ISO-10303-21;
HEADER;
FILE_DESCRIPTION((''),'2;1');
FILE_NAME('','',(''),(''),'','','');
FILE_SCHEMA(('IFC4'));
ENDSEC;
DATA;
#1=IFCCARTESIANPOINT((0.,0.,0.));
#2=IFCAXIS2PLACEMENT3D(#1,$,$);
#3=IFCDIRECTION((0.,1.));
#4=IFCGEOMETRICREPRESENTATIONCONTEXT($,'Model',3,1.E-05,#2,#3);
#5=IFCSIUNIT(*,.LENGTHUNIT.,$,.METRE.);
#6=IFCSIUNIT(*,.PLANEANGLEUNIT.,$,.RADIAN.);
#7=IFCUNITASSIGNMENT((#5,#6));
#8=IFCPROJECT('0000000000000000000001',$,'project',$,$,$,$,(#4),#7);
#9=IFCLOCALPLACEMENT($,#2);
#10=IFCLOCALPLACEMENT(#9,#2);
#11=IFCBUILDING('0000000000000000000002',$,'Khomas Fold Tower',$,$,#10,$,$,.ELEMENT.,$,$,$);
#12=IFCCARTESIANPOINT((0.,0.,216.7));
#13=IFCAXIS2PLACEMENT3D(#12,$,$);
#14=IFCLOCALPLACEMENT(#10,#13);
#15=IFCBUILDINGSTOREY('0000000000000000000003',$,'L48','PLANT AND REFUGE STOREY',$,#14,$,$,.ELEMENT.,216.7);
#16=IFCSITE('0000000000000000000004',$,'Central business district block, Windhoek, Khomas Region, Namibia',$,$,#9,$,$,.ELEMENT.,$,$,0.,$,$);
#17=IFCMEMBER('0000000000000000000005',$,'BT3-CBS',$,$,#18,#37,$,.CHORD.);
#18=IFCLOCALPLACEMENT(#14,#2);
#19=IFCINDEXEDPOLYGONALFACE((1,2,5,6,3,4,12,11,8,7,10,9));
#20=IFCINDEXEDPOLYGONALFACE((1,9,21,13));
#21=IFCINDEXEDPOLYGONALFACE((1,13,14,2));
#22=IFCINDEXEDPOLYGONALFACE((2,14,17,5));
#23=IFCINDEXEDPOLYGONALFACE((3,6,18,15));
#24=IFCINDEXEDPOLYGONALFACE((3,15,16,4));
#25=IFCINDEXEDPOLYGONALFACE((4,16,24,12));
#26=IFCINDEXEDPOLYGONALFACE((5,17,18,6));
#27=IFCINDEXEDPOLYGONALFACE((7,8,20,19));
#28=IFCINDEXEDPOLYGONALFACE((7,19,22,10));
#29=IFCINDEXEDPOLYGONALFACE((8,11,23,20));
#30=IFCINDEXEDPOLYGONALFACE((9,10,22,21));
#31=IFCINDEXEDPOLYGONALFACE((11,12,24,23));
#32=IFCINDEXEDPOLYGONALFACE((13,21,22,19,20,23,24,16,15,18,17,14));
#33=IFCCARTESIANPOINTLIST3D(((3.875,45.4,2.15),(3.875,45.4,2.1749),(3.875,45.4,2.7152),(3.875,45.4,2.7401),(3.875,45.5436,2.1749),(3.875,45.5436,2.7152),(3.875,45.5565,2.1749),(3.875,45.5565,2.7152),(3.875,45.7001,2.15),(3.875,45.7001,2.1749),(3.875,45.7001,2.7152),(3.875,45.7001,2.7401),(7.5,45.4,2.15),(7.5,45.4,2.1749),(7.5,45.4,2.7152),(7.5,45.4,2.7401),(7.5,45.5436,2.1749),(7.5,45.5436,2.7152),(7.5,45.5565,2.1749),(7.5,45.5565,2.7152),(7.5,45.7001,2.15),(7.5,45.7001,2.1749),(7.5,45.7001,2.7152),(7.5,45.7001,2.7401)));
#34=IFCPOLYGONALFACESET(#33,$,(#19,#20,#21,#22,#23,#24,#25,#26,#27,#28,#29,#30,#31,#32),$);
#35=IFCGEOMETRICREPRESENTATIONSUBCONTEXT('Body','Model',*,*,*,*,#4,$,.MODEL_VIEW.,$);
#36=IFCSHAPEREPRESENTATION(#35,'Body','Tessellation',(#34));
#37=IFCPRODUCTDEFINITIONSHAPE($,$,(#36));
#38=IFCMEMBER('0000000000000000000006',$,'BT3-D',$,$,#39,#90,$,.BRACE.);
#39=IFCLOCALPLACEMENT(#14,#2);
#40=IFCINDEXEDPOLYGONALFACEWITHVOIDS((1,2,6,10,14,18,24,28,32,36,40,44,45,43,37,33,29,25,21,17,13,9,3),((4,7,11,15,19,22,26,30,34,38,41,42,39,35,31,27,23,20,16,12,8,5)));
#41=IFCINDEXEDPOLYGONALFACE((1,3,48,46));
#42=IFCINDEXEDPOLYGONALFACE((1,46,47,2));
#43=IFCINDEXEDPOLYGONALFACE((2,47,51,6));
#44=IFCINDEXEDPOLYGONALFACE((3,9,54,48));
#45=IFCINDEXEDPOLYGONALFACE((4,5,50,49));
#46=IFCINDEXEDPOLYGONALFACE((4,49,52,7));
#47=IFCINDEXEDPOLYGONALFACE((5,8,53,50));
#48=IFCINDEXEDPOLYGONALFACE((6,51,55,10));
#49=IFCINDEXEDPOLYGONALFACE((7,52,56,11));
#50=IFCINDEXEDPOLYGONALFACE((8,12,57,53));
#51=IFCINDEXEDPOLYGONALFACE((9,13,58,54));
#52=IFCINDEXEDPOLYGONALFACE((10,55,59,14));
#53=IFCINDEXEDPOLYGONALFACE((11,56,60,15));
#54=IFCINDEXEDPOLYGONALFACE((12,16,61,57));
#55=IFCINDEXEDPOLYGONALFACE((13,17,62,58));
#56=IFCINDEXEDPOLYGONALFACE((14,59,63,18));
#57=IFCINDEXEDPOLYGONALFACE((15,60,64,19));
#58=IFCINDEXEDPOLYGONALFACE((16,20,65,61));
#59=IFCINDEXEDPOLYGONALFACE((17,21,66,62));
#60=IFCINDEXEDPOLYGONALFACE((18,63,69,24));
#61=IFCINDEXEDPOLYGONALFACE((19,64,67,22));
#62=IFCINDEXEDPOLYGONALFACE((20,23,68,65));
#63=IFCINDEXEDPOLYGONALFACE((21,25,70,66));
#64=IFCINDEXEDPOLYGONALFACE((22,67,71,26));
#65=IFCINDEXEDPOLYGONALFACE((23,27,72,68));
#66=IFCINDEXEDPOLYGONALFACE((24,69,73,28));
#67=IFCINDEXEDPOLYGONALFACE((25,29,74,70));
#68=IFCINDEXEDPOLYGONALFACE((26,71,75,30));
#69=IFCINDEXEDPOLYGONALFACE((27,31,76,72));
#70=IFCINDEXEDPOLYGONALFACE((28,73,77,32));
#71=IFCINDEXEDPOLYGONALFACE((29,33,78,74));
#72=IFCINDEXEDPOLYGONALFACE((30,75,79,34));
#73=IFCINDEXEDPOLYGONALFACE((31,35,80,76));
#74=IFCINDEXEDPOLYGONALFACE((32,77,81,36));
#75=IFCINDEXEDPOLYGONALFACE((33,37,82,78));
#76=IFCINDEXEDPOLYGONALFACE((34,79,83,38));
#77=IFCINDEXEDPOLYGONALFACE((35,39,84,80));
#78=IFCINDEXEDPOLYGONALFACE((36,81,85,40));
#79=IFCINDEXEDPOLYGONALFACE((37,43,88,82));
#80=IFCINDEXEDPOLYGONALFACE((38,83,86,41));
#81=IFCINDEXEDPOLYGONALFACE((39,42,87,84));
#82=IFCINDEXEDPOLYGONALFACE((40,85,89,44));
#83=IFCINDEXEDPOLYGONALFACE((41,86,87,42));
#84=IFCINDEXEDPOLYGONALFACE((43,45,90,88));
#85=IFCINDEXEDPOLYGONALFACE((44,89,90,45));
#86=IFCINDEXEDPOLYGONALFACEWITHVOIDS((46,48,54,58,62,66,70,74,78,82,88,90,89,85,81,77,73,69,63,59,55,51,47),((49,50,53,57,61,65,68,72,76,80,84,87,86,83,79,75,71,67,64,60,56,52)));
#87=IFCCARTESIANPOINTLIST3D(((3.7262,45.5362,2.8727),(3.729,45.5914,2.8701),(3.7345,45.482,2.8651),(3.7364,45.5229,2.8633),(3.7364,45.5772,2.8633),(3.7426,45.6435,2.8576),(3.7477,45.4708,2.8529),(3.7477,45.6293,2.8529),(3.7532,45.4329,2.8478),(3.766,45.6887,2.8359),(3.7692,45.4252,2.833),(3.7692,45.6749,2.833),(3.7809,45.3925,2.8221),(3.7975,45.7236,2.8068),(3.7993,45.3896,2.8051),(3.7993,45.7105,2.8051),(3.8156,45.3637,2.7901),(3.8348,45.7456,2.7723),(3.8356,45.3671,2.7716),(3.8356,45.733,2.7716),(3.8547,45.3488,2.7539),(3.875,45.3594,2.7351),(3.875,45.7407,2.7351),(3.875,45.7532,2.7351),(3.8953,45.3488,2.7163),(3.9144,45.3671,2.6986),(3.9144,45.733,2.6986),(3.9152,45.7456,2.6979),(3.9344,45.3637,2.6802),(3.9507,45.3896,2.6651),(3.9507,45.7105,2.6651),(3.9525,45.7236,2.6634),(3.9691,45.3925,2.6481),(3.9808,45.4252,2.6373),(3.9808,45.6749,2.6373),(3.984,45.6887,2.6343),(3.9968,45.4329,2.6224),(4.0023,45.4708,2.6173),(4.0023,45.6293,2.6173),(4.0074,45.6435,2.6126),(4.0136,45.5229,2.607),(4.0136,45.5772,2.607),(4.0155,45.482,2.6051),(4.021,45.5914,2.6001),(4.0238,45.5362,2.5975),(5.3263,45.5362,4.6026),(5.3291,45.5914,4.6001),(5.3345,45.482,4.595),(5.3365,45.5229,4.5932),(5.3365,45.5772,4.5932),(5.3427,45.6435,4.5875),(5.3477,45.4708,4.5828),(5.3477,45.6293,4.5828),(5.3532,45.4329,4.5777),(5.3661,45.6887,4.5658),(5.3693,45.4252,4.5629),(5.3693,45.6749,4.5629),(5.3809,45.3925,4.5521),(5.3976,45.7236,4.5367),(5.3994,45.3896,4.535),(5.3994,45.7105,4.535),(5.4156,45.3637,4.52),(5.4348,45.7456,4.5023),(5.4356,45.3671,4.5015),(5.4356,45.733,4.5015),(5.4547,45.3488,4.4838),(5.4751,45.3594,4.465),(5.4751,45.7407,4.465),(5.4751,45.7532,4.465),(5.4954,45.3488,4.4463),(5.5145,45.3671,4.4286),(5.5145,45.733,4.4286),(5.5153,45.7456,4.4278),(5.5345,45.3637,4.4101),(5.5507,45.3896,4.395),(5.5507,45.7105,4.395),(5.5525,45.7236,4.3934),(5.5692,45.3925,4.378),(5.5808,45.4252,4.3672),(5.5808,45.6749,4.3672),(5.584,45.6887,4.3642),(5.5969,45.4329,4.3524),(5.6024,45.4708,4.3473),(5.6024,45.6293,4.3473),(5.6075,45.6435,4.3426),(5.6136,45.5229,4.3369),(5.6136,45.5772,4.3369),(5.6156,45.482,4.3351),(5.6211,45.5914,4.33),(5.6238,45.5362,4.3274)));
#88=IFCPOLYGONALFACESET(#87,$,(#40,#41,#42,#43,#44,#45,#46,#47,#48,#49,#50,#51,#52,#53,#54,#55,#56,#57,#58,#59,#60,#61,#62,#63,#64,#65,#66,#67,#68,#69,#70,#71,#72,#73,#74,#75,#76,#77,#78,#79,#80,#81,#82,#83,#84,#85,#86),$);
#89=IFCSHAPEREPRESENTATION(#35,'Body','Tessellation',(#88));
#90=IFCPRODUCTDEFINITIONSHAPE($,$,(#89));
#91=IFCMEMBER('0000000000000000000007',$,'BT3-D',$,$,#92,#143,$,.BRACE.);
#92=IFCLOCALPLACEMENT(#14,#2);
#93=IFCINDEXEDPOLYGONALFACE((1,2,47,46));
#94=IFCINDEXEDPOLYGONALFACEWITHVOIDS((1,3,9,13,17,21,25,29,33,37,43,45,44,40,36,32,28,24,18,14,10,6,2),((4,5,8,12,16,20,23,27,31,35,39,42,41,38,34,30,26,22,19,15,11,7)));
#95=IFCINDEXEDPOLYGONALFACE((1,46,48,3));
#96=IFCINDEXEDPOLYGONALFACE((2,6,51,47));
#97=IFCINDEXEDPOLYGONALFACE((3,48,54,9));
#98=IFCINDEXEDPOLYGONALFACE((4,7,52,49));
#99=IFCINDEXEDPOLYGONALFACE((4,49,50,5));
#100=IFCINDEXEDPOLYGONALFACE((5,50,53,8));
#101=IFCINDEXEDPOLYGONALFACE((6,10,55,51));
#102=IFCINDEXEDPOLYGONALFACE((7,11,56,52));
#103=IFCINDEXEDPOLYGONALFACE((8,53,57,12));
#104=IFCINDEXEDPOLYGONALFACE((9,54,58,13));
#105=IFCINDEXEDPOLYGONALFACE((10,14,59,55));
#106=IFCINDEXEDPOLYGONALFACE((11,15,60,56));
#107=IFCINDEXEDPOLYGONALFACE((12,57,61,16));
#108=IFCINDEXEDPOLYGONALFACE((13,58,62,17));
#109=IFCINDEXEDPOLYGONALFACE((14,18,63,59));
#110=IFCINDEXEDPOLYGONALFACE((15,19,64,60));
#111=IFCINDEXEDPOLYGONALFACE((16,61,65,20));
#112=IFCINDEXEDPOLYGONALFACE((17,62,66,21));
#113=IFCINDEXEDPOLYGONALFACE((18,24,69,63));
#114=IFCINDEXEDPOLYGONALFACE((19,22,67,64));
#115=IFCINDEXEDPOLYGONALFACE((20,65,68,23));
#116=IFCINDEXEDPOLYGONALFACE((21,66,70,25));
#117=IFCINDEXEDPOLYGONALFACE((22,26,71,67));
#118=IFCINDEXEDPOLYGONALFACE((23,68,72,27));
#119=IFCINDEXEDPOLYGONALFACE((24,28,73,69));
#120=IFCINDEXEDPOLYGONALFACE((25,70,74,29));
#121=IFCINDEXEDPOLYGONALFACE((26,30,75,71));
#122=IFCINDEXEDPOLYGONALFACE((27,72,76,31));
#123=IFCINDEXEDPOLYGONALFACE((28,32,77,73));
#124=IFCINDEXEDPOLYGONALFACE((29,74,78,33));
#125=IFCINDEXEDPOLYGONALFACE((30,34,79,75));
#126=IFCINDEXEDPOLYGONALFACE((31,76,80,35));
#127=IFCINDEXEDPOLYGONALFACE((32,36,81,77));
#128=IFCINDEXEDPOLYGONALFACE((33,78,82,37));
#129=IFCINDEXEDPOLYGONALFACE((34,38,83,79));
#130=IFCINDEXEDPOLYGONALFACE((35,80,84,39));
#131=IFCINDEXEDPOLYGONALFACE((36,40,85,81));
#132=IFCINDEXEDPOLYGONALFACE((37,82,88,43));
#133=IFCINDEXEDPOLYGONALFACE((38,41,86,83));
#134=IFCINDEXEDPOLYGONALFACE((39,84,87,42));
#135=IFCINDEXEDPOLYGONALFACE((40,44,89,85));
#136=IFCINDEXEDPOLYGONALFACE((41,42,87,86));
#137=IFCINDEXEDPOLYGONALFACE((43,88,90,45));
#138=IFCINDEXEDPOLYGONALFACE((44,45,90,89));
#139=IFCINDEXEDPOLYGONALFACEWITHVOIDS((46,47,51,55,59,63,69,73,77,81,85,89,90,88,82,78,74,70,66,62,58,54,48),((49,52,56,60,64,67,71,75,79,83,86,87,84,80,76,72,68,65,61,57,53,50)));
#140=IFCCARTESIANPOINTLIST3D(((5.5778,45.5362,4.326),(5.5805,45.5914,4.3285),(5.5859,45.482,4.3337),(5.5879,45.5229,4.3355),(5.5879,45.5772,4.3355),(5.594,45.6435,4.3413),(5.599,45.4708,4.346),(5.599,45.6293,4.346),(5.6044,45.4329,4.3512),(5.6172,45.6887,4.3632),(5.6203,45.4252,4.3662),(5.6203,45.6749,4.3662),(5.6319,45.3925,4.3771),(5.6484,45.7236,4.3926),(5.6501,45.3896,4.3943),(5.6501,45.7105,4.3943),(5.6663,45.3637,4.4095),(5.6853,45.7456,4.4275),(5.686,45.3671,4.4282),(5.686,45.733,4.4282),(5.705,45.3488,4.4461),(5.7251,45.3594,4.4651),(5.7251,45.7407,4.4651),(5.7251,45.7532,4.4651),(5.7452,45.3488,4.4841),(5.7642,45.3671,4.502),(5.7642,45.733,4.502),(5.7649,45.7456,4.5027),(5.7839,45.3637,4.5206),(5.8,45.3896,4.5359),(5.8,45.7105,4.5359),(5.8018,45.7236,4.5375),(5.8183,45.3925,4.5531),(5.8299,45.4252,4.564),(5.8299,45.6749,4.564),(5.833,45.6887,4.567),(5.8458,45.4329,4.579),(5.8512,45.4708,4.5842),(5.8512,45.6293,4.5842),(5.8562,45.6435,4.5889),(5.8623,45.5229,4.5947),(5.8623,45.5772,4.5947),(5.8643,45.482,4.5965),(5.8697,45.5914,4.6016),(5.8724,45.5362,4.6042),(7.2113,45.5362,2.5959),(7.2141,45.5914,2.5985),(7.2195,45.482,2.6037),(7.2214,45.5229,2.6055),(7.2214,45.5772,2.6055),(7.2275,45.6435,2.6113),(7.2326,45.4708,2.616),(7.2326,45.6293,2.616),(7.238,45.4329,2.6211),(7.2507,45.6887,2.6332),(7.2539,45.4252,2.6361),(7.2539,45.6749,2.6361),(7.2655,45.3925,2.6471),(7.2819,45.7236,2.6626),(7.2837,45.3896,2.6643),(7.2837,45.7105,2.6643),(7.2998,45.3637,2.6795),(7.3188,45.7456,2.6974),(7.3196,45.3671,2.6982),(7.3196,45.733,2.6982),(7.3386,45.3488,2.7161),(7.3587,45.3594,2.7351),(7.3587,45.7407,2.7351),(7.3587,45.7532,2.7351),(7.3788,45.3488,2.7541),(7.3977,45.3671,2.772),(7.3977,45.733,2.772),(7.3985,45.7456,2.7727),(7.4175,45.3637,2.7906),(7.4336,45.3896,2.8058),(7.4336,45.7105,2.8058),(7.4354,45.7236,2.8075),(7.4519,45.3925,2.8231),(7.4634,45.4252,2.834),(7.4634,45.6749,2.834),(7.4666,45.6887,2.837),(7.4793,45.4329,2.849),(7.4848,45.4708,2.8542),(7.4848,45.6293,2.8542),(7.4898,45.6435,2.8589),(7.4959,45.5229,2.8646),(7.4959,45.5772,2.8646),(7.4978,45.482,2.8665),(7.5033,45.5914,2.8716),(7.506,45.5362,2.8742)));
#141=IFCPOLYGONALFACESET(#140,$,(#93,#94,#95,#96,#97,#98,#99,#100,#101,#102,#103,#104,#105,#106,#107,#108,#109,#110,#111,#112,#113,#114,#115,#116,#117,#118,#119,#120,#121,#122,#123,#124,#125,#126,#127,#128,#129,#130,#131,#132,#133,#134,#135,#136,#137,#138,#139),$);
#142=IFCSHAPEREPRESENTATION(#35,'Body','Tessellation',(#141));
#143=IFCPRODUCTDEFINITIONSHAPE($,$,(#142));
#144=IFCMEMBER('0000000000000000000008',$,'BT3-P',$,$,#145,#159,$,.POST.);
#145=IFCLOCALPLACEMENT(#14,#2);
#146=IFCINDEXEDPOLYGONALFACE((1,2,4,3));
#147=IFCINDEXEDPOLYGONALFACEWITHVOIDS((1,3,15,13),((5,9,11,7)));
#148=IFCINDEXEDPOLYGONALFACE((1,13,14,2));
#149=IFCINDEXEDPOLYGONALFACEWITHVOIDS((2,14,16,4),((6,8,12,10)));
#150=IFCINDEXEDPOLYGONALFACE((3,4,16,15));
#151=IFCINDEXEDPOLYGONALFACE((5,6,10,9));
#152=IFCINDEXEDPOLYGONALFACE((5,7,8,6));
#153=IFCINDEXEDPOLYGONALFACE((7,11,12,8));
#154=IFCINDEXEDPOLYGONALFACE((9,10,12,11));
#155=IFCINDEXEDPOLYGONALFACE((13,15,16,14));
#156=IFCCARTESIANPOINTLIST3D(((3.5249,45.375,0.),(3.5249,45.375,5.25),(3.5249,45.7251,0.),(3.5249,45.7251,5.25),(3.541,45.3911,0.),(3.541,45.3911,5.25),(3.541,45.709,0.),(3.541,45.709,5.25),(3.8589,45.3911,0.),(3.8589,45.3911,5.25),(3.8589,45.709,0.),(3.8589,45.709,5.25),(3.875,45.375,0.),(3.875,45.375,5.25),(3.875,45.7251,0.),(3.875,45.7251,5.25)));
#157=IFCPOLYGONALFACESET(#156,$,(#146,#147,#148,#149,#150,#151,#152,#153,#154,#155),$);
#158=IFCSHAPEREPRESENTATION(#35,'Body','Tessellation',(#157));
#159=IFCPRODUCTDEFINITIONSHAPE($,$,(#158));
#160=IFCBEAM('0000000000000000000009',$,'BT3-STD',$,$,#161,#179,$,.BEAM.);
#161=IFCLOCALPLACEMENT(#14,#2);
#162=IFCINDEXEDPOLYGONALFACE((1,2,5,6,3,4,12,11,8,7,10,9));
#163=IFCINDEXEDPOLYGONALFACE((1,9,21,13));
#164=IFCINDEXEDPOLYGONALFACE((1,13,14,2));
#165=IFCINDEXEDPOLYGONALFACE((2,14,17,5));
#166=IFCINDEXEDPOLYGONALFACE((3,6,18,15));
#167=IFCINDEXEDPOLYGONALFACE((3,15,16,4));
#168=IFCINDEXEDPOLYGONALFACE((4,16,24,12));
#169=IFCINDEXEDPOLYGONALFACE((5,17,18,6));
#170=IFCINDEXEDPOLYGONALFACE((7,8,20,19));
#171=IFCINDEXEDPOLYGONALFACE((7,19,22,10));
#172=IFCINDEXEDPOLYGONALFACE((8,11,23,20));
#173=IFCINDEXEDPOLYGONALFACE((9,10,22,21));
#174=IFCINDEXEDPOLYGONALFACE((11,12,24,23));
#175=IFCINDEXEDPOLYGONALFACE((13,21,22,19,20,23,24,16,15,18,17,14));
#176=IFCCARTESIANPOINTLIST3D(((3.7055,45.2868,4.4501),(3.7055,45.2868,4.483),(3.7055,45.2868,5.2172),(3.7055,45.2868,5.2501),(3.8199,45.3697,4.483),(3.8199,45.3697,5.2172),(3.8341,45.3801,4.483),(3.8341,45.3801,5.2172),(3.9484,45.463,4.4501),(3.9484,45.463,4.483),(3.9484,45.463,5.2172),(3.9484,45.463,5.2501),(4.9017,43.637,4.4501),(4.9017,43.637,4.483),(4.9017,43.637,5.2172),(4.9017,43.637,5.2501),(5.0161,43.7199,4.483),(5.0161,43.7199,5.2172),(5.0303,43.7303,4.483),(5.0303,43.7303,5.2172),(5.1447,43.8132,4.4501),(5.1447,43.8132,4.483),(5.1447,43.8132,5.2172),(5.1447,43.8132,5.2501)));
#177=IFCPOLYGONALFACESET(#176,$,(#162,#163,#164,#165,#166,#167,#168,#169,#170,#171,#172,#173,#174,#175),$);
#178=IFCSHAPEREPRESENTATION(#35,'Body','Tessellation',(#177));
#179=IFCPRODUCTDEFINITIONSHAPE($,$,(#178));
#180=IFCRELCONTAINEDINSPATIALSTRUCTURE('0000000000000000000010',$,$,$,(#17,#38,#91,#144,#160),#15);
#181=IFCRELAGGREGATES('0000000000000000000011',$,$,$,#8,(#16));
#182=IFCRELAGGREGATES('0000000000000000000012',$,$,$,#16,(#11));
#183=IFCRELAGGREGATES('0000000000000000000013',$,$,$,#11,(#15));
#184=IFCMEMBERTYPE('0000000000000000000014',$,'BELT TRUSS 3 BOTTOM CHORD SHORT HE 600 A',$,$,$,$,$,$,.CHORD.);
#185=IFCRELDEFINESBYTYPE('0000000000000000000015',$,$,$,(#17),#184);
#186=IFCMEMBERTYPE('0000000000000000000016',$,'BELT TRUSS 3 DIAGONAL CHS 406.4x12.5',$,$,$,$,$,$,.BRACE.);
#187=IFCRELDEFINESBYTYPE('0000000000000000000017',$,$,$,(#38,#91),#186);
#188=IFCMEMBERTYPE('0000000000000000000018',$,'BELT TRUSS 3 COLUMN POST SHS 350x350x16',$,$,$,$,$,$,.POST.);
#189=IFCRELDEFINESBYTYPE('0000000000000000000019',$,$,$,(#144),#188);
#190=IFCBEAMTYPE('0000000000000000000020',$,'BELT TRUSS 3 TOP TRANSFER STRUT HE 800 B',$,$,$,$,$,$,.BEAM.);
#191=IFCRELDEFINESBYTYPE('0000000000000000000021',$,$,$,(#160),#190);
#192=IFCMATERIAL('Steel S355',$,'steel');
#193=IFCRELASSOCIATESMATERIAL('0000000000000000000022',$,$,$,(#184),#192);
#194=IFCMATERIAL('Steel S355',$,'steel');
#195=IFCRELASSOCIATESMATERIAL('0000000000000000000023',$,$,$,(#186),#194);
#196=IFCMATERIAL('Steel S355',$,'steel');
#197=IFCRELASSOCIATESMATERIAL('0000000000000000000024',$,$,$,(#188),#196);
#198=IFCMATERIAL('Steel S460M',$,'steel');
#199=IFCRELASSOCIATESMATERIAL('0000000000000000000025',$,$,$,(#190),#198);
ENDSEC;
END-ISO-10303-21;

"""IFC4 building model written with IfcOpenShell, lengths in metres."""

from ifc_helpers import new_model, si_unit, direction, frame, origin, origin_2d, place, context, subcontext, project, spatial, hollow_rectangle, hollow_circle, i_section, extrude, source, transform, mapped, material, material_profile, profile_set, type_object, element, save


model = new_model("IFC4")

# Units and contexts
model_context = context("Model", 3, precision=1e-05, world=origin(), true_north=direction((0.0, 1.0)))
body_context = subcontext(model_context, "Body", "Model", "MODEL_VIEW")
ifc_project = project(units=[si_unit("LENGTHUNIT", "METRE"), si_unit("PLANEANGLEUNIT", "RADIAN")], contexts=[model_context])

# Site, building, storey
site_placement = place(None, origin())
site = spatial("IfcSite", under=ifc_project, at=site_placement, Name="Central business district block, Windhoek, Khomas Region, Namibia", CompositionType="ELEMENT", RefElevation=0.0)
building_placement = place(site_placement, origin())
building = spatial("IfcBuilding", under=site, at=building_placement, Name="Khomas Fold Tower", CompositionType="ELEMENT")
storey_placement = place(building_placement, frame((0.0, 0.0, 216.7)))
storey = spatial("IfcBuildingStorey", under=building, at=storey_placement, Name="L48", Description="PLANT AND REFUGE STOREY", CompositionType="ELEMENT", Elevation=216.7)

# Members
ifc_material_1 = material(Name="Steel S355", Category="steel")
ifc_material_profile_1 = material_profile(ifc_material_1, i_section(OverallWidth=0.3, OverallDepth=0.5901, WebThickness=0.0129, FlangeThickness=0.0249, at=origin_2d()), Name="HE 600 A")
ifc_profile_set_1 = profile_set([ifc_material_profile_1], Name="Steel S355")
member_type_1 = type_object("IfcMemberType", Name="BELT TRUSS 3 BOTTOM CHORD SHORT HE 600 A", PredefinedType="CHORD", material=ifc_profile_set_1)
shared_shape_1 = source(origin(), body_context, "Body", "SweptSolid", [
    extrude(i_section(OverallWidth=0.3, OverallDepth=0.5901, WebThickness=0.0129, FlangeThickness=0.0249, at=origin_2d()), origin(), (0.0, 0.0, 1.0), 3.625),
])
member_1_placement = place(storey_placement, frame((3.875, 45.55, 2.4451), z_axis=(1.0, 0.0, 0.0), x_axis=(0.0, 1.0, 0.0)))
element("IfcMember", 1, at=member_1_placement, inside=storey, type_object=member_type_1, Name="BT3-CBS", PredefinedType="CHORD", context=body_context, shape_type="MappedRepresentation", body=[
    mapped(shared_shape_1, transform((0.0, 0.0, 0.0))),
])
ifc_material_2 = material(Name="Steel S355", Category="steel")
ifc_material_profile_2 = material_profile(ifc_material_2, hollow_circle(Radius=0.2031, WallThickness=0.0125, at=origin_2d()), Name="CHS 406.4x12.5")
ifc_profile_set_2 = profile_set([ifc_material_profile_2], Name="Steel S355")
member_type_2 = type_object("IfcMemberType", Name="BELT TRUSS 3 DIAGONAL CHS 406.4x12.5", PredefinedType="BRACE", material=ifc_profile_set_2)
shared_shape_2 = source(origin(), body_context, "Body", "SweptSolid", [
    extrude(hollow_circle(Radius=0.2031, WallThickness=0.0125, at=origin_2d()), origin(), (0.0, 0.0, 1.0), 2.3564),
])
member_2_placement = place(storey_placement, frame((3.875, 45.55, 2.7351), z_axis=(0.679011, 0.0, 0.734128), x_axis=(0.0, 1.0, 0.0)))
element("IfcMember", 2, at=member_2_placement, inside=storey, type_object=member_type_2, Name="BT3-D", PredefinedType="BRACE", context=body_context, shape_type="MappedRepresentation", body=[
    mapped(shared_shape_2, transform((0.0, 0.0, 0.0))),
])
shared_shape_3 = source(origin(), body_context, "Body", "SweptSolid", [
    extrude(hollow_circle(Radius=0.2031, WallThickness=0.0125, at=origin_2d()), origin(), (0.0, 0.0, 1.0), 2.3794),
])
member_3_placement = place(storey_placement, frame((5.7251, 45.55, 4.4651), z_axis=(0.686551, 0.0, -0.727081), x_axis=(0.0, 1.0, 0.0)))
element("IfcMember", 3, at=member_3_placement, inside=storey, type_object=member_type_2, Name="BT3-D", PredefinedType="BRACE", context=body_context, shape_type="MappedRepresentation", body=[
    mapped(shared_shape_3, transform((0.0, 0.0, 0.0))),
])
ifc_material_3 = material(Name="Steel S355", Category="steel")
ifc_material_profile_3 = material_profile(ifc_material_3, hollow_rectangle(XDim=0.3501, YDim=0.3501, WallThickness=0.0161, at=origin_2d()), Name="SHS 350x350x16")
ifc_profile_set_3 = profile_set([ifc_material_profile_3], Name="Steel S355")
member_type_3 = type_object("IfcMemberType", Name="BELT TRUSS 3 COLUMN POST SHS 350x350x16", PredefinedType="POST", material=ifc_profile_set_3)
shared_shape_4 = source(origin(), body_context, "Body", "SweptSolid", [
    extrude(hollow_rectangle(XDim=0.3501, YDim=0.3501, WallThickness=0.0161, at=origin_2d()), origin(), (0.0, 0.0, 1.0), 5.25),
])
member_4_placement = place(storey_placement, frame((3.7, 45.55, 0.0), z_axis=(0.0, 0.0, 1.0), x_axis=(1.0, 0.0, 0.0)))
element("IfcMember", 4, at=member_4_placement, inside=storey, type_object=member_type_3, Name="BT3-P", PredefinedType="POST", context=body_context, shape_type="MappedRepresentation", body=[
    mapped(shared_shape_4, transform((0.0, 0.0, 0.0))),
])

# Beam
ifc_material_4 = material(Name="Steel S460M", Category="steel")
ifc_material_profile_4 = material_profile(ifc_material_4, i_section(OverallWidth=0.3, OverallDepth=0.8, WebThickness=0.0176, FlangeThickness=0.033, at=origin_2d()), Name="HE 800 B")
ifc_profile_set_4 = profile_set([ifc_material_profile_4], Name="Steel S460M")
beam_type_1 = type_object("IfcBeamType", Name="BELT TRUSS 3 TOP TRANSFER STRUT HE 800 B", PredefinedType="BEAM", material=ifc_profile_set_4)
shared_shape_5 = source(origin(), body_context, "Body", "SweptSolid", [
    extrude(i_section(OverallWidth=0.3, OverallDepth=0.8, WebThickness=0.0176, FlangeThickness=0.033, at=origin_2d()), origin(), (0.0, 0.0, 1.0), 2.0378),
])
beam_1_placement = place(storey_placement, frame((5.0232, 43.7251, 4.8501), z_axis=(-0.587003, 0.809585, 0.0), x_axis=(-0.809585, -0.587003, 0.0)))
element("IfcBeam", 5, at=beam_1_placement, inside=storey, type_object=beam_type_1, Name="BT3-STD", PredefinedType="BEAM", context=body_context, shape_type="MappedRepresentation", body=[
    mapped(shared_shape_5, transform((0.0, 0.0, 0.0))),
])

save(model, "model.ifc")
